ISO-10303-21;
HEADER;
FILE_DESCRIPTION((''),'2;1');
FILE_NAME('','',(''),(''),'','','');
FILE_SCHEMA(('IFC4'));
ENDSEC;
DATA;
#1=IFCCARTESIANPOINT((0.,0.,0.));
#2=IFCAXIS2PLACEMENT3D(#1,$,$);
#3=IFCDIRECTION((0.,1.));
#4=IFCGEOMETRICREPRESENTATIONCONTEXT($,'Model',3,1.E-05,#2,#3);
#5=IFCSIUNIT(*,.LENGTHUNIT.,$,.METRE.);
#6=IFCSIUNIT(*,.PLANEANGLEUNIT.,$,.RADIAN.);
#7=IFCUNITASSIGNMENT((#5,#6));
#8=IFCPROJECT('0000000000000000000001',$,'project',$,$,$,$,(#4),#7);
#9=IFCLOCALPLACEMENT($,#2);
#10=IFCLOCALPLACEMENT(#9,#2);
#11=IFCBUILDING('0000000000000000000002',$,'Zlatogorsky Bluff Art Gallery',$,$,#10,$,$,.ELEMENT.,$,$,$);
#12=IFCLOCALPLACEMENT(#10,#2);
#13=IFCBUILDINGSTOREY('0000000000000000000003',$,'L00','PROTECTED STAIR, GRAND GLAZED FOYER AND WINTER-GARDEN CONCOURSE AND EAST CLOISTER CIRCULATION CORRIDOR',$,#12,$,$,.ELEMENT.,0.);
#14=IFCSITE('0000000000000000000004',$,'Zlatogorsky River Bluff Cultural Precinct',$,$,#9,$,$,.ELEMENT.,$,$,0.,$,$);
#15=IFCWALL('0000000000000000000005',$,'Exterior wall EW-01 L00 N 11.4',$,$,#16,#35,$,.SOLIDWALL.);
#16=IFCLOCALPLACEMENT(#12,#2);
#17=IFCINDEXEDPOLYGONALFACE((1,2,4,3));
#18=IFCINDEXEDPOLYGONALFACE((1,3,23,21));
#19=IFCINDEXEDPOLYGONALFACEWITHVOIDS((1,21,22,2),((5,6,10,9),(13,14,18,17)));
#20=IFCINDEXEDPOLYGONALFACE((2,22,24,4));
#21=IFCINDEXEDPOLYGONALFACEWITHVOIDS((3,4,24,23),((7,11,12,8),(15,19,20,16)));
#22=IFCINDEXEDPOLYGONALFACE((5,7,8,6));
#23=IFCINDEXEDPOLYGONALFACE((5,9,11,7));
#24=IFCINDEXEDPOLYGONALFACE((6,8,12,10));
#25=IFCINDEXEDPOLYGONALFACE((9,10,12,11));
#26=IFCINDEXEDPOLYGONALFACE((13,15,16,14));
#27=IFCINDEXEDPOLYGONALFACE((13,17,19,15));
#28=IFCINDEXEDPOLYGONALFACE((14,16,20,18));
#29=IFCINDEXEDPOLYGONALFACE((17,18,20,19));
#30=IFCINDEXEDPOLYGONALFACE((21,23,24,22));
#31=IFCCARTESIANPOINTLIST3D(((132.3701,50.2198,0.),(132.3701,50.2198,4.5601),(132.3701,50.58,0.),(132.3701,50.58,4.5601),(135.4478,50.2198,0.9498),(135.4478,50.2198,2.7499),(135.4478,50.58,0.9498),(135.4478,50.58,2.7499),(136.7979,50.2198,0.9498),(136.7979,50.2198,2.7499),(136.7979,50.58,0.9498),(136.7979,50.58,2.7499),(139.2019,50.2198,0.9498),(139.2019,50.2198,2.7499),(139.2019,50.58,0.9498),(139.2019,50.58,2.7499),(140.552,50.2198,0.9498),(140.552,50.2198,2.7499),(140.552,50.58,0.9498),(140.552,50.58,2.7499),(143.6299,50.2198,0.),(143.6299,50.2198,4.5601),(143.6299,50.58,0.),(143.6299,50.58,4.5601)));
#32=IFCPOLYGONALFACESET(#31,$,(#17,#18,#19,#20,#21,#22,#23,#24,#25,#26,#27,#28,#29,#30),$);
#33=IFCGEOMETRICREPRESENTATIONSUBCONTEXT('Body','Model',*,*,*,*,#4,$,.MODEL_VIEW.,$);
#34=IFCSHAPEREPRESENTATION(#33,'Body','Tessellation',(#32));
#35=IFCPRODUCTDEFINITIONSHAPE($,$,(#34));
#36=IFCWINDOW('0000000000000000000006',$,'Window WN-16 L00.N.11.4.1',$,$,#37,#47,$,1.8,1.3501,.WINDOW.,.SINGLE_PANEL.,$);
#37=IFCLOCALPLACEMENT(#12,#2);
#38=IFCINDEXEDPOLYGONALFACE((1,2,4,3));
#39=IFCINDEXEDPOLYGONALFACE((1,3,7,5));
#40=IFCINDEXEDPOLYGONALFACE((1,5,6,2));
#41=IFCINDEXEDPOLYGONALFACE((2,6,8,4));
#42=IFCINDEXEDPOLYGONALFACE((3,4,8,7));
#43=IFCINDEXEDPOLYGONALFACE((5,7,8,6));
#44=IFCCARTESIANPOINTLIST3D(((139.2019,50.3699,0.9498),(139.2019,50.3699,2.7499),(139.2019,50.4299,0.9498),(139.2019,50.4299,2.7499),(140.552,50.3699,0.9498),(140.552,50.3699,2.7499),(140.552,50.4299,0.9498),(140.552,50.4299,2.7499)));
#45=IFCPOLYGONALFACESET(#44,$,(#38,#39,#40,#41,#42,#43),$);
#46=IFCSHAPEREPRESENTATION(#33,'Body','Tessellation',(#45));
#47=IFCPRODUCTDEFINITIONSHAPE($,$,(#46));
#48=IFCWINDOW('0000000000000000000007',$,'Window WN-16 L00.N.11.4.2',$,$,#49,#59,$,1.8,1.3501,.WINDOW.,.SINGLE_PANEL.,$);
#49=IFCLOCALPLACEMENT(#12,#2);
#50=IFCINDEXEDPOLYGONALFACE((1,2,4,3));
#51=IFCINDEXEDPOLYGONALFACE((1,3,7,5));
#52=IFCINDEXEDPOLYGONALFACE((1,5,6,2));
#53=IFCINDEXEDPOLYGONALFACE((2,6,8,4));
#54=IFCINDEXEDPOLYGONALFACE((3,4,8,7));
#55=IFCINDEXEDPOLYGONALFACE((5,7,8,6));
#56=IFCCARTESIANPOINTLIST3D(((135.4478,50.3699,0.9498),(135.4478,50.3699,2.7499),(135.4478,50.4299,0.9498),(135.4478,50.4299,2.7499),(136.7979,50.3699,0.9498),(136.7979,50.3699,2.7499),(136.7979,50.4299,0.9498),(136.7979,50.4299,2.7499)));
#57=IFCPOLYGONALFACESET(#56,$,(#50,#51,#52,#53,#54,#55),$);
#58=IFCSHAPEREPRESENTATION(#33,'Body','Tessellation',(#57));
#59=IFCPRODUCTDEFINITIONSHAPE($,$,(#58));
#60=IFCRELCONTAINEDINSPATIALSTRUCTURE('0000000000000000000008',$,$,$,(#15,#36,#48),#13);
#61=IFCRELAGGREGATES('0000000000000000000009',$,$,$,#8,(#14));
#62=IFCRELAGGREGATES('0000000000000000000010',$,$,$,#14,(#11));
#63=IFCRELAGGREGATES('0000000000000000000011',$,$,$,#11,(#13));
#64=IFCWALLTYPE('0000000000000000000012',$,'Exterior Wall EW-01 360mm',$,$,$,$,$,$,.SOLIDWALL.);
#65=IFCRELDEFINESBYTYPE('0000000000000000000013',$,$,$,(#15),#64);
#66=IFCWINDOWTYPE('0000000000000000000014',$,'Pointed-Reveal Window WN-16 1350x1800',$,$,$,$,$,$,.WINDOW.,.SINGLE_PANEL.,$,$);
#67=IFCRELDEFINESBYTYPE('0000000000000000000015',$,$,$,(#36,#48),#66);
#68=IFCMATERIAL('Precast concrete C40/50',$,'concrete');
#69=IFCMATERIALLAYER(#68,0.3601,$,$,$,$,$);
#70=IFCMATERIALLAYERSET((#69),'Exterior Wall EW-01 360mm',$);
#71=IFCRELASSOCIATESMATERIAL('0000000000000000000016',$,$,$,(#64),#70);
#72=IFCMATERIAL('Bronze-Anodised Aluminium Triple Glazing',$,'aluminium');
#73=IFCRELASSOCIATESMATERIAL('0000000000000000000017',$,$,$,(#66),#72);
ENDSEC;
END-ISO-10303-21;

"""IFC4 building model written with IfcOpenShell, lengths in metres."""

from ifc_helpers import new_model, si_unit, direction, frame, frame_2d, origin, place, context, subcontext, project, spatial, rectangle, extrude, material, layer, layer_set, type_object, element, fill, save


model = new_model("IFC4")

# Units and contexts
model_context = context("Model", 3, precision=1e-05, world=origin(), true_north=direction((0.0, 1.0)))
body_context = subcontext(model_context, "Body", "Model", "MODEL_VIEW")
ifc_project = project(units=[si_unit("LENGTHUNIT", "METRE"), si_unit("PLANEANGLEUNIT", "RADIAN")], contexts=[model_context])

# Site, building, storey
site_placement = place(None, origin())
site = spatial("IfcSite", under=ifc_project, at=site_placement, Name="Zlatogorsky River Bluff Cultural Precinct", CompositionType="ELEMENT", RefElevation=0.0)
building_placement = place(site_placement, origin())
building = spatial("IfcBuilding", under=site, at=building_placement, Name="Zlatogorsky Bluff Art Gallery", CompositionType="ELEMENT")
storey_placement = place(building_placement, origin())
storey = spatial("IfcBuildingStorey", under=building, at=storey_placement, Name="L00", Description="PROTECTED STAIR, GRAND GLAZED FOYER AND WINTER-GARDEN CONCOURSE AND EAST CLOISTER CIRCULATION CORRIDOR", CompositionType="ELEMENT", Elevation=0.0)

# Wall, openings, windows
ifc_material_1 = material(Name="Precast concrete C40/50", Category="concrete")
ifc_layer_1 = layer(ifc_material_1, 0.3601)
ifc_layer_set_1 = layer_set([ifc_layer_1], Name="Exterior Wall EW-01 360mm")
wall_type = type_object("IfcWallType", Name="Exterior Wall EW-01 360mm", PredefinedType="SOLIDWALL", material=ifc_layer_set_1)
wall_placement = place(storey_placement, frame((143.6299, 50.3999, 0.0), z_axis=(0.0, 0.0, 1.0), x_axis=(-1.0, 0.0, 0.0)))
wall = element("IfcWall", 1, at=wall_placement, inside=storey, type_object=wall_type, Name="Exterior wall EW-01 L00 N 11.4", PredefinedType="SOLIDWALL", context=body_context, shape_type="SweptSolid", body=[
    extrude(rectangle(XDim=11.2598, YDim=0.3601, at=frame_2d((5.6299, 0.0))), origin(), (0.0, 0.0, 1.0), 4.5601),
])
opening_1_placement = place(wall_placement, frame((3.0779, 0.0, 0.95)))
opening_1 = element("IfcOpeningElement", 2, at=opening_1_placement, cuts=wall, PredefinedType="OPENING", context=body_context, shape_type="SweptSolid", body=[
    extrude(rectangle(XDim=1.3501, YDim=1.8, at=frame_2d((0.675, 0.8999))), frame((0.0, 0.1899, 0.0), z_axis=(0.0, -1.0, 0.0), x_axis=(1.0, 0.0, 0.0)), (0.0, 0.0, 1.0), 0.3801),
])
opening_2_placement = place(wall_placement, frame((6.832, 0.0, 0.95)))
opening_2 = element("IfcOpeningElement", 3, at=opening_2_placement, cuts=wall, PredefinedType="OPENING", context=body_context, shape_type="SweptSolid", body=[
    extrude(rectangle(XDim=1.3501, YDim=1.8, at=frame_2d((0.675, 0.8999))), frame((0.0, 0.1899, 0.0), z_axis=(0.0, -1.0, 0.0), x_axis=(1.0, 0.0, 0.0)), (0.0, 0.0, 1.0), 0.3801),
])
ifc_material_2 = material(Name="Bronze-Anodised Aluminium Triple Glazing", Category="aluminium")
window_type = type_object("IfcWindowType", Name="Pointed-Reveal Window WN-16 1350x1800", PartitioningType="SINGLE_PANEL", PredefinedType="WINDOW", material=ifc_material_2)
window_1_placement = place(opening_1_placement, origin())
window_1 = element("IfcWindow", 4, at=window_1_placement, inside=storey, type_object=window_type, Name="Window WN-16 L00.N.11.4.1", OverallHeight=1.8, OverallWidth=1.3501, PartitioningType="SINGLE_PANEL", PredefinedType="WINDOW", context=body_context, shape_type="SweptSolid", body=[
    extrude(rectangle(XDim=1.3501, YDim=1.8, at=frame_2d((0.675, 0.8999))), frame((0.0, 0.03, 0.0), z_axis=(0.0, -1.0, 0.0), x_axis=(1.0, 0.0, 0.0)), (0.0, 0.0, 1.0), 0.0601),
])
fill(opening_1, window_1)
window_2_placement = place(opening_2_placement, origin())
window_2 = element("IfcWindow", 5, at=window_2_placement, inside=storey, type_object=window_type, Name="Window WN-16 L00.N.11.4.2", OverallHeight=1.8, OverallWidth=1.3501, PartitioningType="SINGLE_PANEL", PredefinedType="WINDOW", context=body_context, shape_type="SweptSolid", body=[
    extrude(rectangle(XDim=1.3501, YDim=1.8, at=frame_2d((0.675, 0.8999))), frame((0.0, 0.03, 0.0), z_axis=(0.0, -1.0, 0.0), x_axis=(1.0, 0.0, 0.0)), (0.0, 0.0, 1.0), 0.0601),
])
fill(opening_2, window_2)

save(model, "model.ifc")
